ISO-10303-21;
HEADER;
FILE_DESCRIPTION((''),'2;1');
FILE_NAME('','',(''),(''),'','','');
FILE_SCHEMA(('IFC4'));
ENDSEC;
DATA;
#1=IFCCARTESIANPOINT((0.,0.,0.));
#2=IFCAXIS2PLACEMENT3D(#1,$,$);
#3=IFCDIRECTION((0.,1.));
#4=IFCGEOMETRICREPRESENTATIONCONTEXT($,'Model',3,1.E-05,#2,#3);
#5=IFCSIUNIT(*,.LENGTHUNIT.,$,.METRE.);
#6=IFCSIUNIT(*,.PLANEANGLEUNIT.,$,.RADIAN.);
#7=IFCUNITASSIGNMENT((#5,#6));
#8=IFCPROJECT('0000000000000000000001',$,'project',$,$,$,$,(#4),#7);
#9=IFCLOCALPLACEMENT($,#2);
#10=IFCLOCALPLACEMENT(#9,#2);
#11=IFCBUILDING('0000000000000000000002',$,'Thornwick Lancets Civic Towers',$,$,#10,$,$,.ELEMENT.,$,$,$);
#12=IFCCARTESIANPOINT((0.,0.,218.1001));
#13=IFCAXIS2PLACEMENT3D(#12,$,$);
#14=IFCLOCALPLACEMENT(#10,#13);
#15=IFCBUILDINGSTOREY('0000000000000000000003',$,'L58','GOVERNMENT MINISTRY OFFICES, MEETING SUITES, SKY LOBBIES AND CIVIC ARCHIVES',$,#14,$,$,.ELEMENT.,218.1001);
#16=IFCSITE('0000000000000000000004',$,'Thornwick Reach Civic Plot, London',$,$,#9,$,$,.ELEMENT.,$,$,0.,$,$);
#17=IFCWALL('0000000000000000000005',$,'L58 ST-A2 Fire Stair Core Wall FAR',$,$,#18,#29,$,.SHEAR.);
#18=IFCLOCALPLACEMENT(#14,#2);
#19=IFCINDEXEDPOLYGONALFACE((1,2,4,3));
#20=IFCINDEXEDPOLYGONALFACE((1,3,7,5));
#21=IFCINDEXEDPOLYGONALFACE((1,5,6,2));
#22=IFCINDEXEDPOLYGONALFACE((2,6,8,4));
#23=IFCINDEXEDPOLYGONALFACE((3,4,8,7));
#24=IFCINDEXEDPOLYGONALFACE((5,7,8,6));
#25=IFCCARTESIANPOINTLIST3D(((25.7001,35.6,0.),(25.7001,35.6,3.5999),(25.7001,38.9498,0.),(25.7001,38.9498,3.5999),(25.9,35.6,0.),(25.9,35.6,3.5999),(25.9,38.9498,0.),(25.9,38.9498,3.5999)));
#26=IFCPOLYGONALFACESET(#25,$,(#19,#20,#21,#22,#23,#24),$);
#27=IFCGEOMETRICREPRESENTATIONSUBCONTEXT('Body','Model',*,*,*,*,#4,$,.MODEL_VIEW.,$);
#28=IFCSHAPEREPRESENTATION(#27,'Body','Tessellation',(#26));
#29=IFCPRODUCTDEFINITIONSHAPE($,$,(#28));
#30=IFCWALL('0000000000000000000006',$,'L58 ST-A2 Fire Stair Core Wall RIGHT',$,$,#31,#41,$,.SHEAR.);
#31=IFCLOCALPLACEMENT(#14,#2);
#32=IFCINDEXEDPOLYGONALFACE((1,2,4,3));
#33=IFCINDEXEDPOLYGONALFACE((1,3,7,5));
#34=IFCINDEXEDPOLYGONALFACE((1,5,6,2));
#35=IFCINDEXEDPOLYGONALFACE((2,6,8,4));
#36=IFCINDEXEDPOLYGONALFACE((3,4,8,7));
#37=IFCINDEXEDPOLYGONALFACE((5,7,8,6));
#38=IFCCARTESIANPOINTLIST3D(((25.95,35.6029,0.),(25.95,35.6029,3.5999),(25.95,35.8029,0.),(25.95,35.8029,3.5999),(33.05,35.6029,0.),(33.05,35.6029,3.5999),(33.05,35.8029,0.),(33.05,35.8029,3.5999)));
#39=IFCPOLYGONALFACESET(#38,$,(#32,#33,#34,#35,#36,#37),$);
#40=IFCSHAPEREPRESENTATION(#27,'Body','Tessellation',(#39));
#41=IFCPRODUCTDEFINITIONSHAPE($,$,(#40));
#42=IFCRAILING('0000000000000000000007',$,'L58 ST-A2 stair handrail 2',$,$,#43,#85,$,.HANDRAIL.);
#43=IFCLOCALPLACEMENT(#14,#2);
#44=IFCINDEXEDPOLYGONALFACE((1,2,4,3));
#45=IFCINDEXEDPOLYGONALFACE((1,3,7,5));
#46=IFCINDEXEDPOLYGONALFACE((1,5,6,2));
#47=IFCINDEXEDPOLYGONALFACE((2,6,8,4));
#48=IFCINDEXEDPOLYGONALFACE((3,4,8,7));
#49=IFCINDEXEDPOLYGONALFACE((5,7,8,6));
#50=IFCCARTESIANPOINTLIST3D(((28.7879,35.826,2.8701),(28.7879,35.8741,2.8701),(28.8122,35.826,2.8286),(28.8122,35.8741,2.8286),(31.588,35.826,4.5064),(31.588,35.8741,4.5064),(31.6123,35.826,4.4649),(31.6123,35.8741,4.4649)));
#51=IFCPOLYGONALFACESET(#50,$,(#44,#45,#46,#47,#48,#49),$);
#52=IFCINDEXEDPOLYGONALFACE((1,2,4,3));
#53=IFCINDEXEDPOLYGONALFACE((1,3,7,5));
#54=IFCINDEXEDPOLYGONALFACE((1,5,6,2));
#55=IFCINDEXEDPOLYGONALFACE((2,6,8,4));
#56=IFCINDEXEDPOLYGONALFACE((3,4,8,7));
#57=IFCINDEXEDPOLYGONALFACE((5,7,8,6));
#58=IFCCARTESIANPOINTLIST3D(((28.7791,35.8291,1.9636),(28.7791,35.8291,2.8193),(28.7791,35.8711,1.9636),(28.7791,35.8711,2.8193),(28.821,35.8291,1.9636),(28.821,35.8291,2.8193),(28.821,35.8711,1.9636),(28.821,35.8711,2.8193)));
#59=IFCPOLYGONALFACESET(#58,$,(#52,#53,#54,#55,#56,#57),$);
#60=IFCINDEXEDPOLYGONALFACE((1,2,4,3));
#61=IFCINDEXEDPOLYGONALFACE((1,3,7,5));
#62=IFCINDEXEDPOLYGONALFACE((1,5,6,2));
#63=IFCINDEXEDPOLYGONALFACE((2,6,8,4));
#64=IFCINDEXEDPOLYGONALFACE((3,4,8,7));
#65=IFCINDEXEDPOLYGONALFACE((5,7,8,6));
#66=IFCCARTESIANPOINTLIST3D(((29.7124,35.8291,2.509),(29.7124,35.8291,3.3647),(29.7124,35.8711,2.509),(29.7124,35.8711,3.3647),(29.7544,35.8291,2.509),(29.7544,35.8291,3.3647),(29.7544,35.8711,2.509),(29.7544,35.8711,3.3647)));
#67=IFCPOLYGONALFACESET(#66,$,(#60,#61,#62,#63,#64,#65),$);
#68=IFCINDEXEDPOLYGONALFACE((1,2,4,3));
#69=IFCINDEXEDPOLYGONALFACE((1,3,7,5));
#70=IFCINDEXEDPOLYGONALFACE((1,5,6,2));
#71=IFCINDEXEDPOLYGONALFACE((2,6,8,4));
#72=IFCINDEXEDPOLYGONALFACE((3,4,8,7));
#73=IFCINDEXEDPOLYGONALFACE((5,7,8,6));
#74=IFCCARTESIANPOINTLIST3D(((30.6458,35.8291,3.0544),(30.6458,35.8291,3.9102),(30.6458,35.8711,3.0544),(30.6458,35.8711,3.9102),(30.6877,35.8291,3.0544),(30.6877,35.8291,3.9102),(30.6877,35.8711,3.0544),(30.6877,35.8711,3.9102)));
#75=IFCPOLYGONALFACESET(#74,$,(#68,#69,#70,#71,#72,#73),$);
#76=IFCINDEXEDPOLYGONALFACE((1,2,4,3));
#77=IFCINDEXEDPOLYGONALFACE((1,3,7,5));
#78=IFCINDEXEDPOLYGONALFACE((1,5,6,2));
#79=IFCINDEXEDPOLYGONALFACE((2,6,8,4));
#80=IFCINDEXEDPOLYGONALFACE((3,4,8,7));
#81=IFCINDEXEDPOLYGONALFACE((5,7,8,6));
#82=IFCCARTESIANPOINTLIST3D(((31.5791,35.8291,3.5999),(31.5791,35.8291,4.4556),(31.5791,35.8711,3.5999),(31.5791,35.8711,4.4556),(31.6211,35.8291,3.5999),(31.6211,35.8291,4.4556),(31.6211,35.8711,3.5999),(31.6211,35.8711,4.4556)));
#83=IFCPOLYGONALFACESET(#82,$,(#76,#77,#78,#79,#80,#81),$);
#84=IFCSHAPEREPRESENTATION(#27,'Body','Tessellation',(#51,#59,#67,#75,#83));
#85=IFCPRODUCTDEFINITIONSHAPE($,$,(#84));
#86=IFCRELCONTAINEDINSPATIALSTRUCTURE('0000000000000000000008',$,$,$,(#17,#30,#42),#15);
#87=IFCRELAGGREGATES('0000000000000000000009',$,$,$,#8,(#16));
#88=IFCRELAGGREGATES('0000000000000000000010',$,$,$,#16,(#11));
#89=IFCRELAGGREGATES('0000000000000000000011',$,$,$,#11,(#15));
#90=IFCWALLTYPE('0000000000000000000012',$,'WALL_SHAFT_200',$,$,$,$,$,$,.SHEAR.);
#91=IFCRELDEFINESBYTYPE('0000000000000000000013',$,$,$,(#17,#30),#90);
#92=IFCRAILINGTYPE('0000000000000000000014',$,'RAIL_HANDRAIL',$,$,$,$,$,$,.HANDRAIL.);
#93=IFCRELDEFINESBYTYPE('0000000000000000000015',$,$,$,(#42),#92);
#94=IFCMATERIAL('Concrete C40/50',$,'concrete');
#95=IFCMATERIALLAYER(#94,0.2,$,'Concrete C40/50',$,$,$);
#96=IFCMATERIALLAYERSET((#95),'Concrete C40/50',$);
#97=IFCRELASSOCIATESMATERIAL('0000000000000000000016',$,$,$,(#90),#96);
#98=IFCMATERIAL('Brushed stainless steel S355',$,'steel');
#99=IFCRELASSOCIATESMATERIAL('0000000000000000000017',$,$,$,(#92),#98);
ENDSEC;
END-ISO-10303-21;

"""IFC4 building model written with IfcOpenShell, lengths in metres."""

from ifc_helpers import new_model, si_unit, direction, frame, frame_2d, origin, origin_2d, place, context, subcontext, project, spatial, rectangle, extrude, material, layer, layer_set, type_object, element, save


model = new_model("IFC4")

# Units and contexts
model_context = context("Model", 3, precision=1e-05, world=origin(), true_north=direction((0.0, 1.0)))
body_context = subcontext(model_context, "Body", "Model", "MODEL_VIEW")
ifc_project = project(units=[si_unit("LENGTHUNIT", "METRE"), si_unit("PLANEANGLEUNIT", "RADIAN")], contexts=[model_context])

# Site, building, storey
site_placement = place(None, origin())
site = spatial("IfcSite", under=ifc_project, at=site_placement, Name="Thornwick Reach Civic Plot, London", CompositionType="ELEMENT", RefElevation=0.0)
building_placement = place(site_placement, origin())
building = spatial("IfcBuilding", under=site, at=building_placement, Name="Thornwick Lancets Civic Towers", CompositionType="ELEMENT")
storey_placement = place(building_placement, frame((0.0, 0.0, 218.1001)))
storey = spatial("IfcBuildingStorey", under=building, at=storey_placement, Name="L58", Description="GOVERNMENT MINISTRY OFFICES, MEETING SUITES, SKY LOBBIES AND CIVIC ARCHIVES", CompositionType="ELEMENT", Elevation=218.1001)

# Walls
ifc_material_1 = material(Name="Concrete C40/50", Category="concrete")
ifc_layer_1 = layer(ifc_material_1, 0.2, Name="Concrete C40/50")
ifc_layer_set_1 = layer_set([ifc_layer_1], Name="Concrete C40/50")
wall_type_1 = type_object("IfcWallType", Name="WALL_SHAFT_200", PredefinedType="SHEAR", material=ifc_layer_set_1)
wall_1_placement = place(storey_placement, frame((25.8, 35.6001, 0.0), z_axis=(0.0, 0.0, 1.0), x_axis=(0.0, 1.0, 0.0)))
element("IfcWall", 1, at=wall_1_placement, inside=storey, type_object=wall_type_1, Name="L58 ST-A2 Fire Stair Core Wall FAR", PredefinedType="SHEAR", context=body_context, shape_type="SweptSolid", body=[
    extrude(rectangle(XDim=3.3499, YDim=0.2, at=frame_2d((1.6748, 0.0))), origin(), (0.0, 0.0, 1.0), 3.5999),
])
wall_2_placement = place(storey_placement, frame((25.95, 35.7029, 0.0), z_axis=(0.0, 0.0, 1.0), x_axis=(1.0, 0.0, 0.0)))
element("IfcWall", 2, at=wall_2_placement, inside=storey, type_object=wall_type_1, Name="L58 ST-A2 Fire Stair Core Wall RIGHT", PredefinedType="SHEAR", context=body_context, shape_type="SweptSolid", body=[
    extrude(rectangle(XDim=7.1001, YDim=0.2, at=frame_2d((3.55, 0.0))), origin(), (0.0, 0.0, 1.0), 3.5999),
])

# Railing
ifc_material_2 = material(Name="Brushed stainless steel S355", Category="steel")
railing_type = type_object("IfcRailingType", Name="RAIL_HANDRAIL", PredefinedType="HANDRAIL", material=ifc_material_2)
railing_placement = place(storey_placement, frame((28.8, 35.8501, 1.9636)))
element("IfcRailing", 3, at=railing_placement, inside=storey, type_object=railing_type, Name="L58 ST-A2 stair handrail 2", PredefinedType="HANDRAIL", context=body_context, shape_type="SweptSolid", body=[
    extrude(rectangle(XDim=0.0481, YDim=0.0481, at=origin_2d()), frame((0.0, 0.0, 0.8857), z_axis=(0.863394, 0.0, 0.504531), x_axis=(0.0, 1.0, 0.0)), (0.0, 0.0, 1.0), 3.2432),
    extrude(rectangle(XDim=0.042, YDim=0.042, at=origin_2d()), origin(), (0.0, 0.0, 1.0), 0.8557),
    extrude(rectangle(XDim=0.042, YDim=0.042, at=origin_2d()), frame((0.9333, 0.0, 0.5454)), (0.0, 0.0, 1.0), 0.8557),
    extrude(rectangle(XDim=0.042, YDim=0.042, at=origin_2d()), frame((1.8667, 0.0, 1.0908)), (0.0, 0.0, 1.0), 0.8557),
    extrude(rectangle(XDim=0.042, YDim=0.042, at=origin_2d()), frame((2.8, 0.0, 1.6362)), (0.0, 0.0, 1.0), 0.8557),
])

save(model, "model.ifc")
